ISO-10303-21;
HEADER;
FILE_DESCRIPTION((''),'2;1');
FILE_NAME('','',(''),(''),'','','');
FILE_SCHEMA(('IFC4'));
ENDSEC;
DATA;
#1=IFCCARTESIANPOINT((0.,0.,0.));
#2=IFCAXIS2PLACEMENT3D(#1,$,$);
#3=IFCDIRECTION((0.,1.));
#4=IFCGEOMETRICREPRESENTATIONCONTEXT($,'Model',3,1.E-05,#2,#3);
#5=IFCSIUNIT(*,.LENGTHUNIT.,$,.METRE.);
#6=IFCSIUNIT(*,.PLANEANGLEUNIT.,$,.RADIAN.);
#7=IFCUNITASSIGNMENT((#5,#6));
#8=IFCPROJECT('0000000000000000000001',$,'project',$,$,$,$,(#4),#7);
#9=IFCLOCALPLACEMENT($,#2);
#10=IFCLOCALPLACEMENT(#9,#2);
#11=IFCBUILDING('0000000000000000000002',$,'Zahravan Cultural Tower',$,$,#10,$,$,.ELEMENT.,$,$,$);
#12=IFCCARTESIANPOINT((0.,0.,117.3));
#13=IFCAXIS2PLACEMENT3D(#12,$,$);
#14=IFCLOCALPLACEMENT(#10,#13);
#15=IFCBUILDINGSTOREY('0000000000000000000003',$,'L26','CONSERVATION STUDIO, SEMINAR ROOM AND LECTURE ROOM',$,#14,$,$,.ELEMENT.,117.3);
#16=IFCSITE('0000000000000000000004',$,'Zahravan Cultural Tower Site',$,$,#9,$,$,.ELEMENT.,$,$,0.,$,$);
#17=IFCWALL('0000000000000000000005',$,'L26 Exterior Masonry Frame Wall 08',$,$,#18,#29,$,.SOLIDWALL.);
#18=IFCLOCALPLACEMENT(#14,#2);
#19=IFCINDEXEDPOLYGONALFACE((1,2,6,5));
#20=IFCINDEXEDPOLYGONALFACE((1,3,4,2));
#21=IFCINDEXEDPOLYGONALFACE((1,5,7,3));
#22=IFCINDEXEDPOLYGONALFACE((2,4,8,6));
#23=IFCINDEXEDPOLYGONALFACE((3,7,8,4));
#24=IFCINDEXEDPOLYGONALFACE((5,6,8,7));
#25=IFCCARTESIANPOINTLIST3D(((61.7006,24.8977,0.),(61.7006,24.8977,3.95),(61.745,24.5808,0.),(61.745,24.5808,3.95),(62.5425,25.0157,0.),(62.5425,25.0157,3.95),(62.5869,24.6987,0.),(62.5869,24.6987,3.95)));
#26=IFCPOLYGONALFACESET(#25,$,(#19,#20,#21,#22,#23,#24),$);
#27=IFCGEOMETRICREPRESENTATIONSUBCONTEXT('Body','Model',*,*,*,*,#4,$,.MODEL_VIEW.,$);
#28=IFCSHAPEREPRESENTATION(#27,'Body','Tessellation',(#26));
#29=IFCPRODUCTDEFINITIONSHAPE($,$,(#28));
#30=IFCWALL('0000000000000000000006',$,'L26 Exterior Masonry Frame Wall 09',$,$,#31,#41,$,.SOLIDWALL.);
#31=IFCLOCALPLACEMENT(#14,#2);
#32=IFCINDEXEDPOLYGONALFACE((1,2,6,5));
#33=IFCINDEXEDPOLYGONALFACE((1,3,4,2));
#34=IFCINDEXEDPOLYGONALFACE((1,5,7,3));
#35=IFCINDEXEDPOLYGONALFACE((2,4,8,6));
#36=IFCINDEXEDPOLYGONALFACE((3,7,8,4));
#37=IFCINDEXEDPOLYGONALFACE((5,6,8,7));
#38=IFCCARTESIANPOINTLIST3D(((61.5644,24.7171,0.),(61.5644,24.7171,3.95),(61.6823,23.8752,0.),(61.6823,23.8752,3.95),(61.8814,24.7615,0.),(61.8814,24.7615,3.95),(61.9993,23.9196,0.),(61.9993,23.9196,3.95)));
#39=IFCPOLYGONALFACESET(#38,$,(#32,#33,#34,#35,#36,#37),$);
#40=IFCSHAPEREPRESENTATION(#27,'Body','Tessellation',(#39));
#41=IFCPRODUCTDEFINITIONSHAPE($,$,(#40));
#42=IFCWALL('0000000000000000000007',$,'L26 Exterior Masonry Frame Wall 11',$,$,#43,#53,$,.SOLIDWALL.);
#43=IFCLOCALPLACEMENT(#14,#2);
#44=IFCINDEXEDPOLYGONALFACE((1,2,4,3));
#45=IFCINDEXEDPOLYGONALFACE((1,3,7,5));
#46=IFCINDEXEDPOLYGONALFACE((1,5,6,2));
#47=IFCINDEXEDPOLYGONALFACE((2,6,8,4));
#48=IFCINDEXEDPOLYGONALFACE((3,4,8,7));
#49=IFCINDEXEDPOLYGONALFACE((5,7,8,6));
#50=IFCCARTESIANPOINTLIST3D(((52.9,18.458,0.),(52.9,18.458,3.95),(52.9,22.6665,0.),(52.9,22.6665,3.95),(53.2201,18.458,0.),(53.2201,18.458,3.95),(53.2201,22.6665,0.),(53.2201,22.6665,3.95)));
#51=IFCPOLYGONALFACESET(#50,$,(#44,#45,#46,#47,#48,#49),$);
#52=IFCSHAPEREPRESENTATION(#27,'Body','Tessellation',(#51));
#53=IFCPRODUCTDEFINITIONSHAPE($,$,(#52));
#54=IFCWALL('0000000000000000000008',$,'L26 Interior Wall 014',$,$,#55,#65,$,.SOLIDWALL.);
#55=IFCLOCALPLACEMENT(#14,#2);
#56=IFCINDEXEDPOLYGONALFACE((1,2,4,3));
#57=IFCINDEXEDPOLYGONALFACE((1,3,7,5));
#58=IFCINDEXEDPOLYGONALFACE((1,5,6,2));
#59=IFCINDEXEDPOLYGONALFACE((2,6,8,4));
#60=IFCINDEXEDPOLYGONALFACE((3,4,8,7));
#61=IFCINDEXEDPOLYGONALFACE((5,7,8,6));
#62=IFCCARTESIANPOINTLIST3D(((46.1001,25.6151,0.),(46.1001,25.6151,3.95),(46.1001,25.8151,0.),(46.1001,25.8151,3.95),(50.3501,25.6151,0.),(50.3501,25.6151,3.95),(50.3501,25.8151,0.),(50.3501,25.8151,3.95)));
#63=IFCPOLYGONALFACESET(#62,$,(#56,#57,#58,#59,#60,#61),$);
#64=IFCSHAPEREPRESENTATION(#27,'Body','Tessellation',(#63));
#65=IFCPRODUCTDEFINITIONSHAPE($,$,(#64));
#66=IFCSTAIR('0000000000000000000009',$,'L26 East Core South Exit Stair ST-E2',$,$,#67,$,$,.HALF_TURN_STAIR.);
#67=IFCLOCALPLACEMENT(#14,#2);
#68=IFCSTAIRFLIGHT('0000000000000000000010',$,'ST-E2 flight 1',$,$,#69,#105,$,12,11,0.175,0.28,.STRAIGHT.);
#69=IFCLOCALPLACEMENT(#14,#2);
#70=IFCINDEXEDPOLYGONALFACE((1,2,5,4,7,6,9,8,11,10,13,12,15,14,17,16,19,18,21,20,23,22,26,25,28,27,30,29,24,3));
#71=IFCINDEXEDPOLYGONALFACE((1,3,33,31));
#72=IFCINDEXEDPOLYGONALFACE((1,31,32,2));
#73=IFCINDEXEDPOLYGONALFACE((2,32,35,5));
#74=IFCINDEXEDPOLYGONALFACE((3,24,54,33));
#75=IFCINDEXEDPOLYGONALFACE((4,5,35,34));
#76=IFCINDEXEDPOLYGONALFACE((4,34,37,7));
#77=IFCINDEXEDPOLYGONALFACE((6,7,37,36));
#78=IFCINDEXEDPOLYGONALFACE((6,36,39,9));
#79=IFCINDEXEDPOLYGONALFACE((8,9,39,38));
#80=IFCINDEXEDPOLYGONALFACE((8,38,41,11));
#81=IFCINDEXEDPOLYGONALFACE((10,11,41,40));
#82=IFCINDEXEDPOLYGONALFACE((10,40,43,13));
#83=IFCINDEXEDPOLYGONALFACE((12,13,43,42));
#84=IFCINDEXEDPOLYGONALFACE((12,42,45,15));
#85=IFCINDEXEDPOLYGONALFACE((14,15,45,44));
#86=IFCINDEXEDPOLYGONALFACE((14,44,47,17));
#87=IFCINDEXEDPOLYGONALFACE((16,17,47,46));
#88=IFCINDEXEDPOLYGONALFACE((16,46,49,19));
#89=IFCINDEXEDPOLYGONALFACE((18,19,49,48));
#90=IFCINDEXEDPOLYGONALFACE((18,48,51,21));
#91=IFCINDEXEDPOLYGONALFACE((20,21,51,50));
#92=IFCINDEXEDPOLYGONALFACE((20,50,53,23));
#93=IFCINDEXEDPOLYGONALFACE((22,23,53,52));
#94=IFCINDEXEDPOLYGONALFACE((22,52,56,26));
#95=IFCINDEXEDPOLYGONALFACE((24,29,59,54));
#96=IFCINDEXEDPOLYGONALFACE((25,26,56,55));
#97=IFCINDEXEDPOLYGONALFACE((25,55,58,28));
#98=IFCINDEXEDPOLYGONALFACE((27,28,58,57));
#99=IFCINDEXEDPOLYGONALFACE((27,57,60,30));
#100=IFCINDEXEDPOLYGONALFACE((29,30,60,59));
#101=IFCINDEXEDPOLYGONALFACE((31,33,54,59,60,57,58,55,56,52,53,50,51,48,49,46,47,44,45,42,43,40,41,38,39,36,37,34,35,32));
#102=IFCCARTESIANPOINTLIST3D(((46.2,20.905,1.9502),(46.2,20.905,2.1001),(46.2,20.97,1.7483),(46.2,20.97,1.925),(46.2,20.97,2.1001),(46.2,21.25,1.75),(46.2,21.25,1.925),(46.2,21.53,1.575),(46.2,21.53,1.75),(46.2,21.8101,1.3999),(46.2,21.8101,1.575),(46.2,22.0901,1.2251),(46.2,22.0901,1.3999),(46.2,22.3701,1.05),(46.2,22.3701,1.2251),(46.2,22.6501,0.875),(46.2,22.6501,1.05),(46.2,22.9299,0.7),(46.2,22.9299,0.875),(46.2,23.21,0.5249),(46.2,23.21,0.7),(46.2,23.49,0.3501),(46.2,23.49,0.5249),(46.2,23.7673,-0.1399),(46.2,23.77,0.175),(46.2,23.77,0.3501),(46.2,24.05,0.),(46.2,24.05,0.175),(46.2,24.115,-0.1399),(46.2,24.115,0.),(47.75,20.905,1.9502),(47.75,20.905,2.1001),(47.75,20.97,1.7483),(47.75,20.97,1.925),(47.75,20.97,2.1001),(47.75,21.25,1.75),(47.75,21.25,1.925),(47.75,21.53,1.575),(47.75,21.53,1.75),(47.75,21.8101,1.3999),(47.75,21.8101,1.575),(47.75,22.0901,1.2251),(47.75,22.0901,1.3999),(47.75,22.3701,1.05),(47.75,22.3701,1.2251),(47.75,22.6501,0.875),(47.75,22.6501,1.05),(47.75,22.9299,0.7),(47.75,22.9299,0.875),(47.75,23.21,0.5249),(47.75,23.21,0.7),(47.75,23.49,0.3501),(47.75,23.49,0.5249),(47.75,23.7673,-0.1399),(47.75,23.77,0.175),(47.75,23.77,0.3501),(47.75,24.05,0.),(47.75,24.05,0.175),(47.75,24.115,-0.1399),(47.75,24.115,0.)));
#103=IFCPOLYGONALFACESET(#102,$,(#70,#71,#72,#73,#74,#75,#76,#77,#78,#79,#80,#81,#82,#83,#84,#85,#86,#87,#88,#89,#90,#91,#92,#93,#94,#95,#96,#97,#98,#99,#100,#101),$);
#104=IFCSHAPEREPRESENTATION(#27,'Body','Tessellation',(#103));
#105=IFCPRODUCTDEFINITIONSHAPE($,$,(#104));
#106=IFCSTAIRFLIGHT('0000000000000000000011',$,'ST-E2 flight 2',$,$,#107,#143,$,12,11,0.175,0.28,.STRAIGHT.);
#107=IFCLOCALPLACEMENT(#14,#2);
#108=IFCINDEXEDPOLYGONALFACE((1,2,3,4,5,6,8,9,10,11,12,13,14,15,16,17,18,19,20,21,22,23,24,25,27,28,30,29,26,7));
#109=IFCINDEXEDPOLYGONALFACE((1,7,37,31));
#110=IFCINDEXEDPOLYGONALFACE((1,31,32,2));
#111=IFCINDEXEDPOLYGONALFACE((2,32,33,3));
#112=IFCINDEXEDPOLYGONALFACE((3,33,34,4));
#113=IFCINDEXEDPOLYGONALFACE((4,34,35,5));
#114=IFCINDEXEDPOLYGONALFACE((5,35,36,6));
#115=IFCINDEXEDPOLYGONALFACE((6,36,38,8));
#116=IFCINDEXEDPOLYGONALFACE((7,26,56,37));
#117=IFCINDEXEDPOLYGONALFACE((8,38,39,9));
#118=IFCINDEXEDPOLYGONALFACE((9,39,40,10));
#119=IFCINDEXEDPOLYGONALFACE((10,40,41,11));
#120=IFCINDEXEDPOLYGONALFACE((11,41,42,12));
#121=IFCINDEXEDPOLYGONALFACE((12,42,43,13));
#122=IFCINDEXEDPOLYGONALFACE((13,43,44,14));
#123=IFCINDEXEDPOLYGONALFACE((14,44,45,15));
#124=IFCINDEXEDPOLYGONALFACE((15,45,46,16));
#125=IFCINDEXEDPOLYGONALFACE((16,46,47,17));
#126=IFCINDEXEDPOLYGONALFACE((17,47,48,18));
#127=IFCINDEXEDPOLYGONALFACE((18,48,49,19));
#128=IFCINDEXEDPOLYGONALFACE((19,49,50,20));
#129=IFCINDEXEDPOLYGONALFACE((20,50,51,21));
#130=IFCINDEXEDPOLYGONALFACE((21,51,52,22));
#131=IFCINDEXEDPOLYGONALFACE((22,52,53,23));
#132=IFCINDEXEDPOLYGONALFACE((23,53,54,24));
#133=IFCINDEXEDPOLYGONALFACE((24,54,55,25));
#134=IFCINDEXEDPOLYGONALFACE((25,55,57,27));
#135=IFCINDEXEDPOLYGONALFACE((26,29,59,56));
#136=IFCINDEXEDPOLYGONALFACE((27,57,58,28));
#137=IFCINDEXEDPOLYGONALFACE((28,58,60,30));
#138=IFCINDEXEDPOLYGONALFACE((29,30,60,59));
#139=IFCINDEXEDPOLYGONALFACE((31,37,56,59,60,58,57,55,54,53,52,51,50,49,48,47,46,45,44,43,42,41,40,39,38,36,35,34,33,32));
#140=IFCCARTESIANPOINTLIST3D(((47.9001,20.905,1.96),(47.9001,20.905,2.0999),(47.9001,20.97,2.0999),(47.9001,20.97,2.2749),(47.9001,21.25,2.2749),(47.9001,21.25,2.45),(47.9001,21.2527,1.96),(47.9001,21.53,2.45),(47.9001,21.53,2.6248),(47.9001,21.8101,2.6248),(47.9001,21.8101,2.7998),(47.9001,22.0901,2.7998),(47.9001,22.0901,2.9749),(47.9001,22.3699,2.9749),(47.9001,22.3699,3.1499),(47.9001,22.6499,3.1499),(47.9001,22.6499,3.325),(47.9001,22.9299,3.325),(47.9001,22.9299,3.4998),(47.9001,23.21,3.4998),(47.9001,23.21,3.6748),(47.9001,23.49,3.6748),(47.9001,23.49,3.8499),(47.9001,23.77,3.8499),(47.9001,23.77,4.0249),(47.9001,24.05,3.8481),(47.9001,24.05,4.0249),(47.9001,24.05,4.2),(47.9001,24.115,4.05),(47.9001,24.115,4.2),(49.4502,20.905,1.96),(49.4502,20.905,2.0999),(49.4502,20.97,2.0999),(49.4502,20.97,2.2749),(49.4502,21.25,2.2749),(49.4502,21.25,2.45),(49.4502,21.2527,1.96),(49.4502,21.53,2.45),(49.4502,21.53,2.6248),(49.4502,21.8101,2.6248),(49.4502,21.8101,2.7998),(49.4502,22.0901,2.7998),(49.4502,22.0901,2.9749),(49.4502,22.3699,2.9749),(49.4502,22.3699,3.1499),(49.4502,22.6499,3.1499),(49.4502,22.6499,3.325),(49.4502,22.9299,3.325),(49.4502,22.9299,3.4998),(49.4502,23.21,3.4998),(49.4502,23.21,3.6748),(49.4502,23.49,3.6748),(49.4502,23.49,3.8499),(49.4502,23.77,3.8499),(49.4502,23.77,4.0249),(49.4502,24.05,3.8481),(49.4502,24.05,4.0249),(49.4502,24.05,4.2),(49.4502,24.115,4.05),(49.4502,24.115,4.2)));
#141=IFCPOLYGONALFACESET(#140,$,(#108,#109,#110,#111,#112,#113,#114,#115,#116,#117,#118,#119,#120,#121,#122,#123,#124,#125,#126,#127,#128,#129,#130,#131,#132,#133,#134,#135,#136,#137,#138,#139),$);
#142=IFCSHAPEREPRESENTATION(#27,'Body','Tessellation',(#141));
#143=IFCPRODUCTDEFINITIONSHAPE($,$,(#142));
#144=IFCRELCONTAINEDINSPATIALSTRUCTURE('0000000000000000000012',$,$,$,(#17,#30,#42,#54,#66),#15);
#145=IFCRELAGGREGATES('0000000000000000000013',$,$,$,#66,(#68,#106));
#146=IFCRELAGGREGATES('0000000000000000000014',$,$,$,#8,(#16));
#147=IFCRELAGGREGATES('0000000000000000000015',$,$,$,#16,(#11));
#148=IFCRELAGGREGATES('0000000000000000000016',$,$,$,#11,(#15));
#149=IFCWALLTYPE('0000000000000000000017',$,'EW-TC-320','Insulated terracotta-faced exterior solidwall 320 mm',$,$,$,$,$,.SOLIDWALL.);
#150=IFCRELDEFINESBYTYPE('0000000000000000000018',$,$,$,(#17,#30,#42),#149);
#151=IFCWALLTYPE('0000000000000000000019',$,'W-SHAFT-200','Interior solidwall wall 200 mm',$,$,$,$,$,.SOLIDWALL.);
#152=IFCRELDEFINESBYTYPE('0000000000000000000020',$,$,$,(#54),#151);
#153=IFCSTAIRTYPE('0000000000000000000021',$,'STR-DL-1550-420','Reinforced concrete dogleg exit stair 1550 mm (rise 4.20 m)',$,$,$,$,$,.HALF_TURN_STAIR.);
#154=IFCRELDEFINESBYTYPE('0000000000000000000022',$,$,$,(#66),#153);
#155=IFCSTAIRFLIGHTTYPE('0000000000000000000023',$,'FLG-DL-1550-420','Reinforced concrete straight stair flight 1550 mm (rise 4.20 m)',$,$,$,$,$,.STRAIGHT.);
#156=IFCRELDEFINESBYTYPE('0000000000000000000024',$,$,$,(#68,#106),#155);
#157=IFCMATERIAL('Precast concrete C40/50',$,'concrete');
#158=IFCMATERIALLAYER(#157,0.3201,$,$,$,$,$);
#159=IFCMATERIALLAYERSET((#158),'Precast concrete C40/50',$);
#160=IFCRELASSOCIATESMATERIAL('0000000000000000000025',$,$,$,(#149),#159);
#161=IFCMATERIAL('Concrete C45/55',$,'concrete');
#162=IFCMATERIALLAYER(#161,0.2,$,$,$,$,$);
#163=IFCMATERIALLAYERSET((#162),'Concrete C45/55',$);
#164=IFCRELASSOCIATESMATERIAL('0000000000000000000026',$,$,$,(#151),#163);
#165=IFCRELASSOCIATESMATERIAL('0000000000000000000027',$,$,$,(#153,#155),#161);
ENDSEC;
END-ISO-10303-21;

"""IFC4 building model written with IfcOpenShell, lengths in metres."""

from ifc_helpers import new_model, si_unit, direction, frame, frame_2d, origin, place, context, subcontext, project, spatial, polyline, rectangle, outline, extrude, source, transform, mapped, material, layer, layer_set, type_object, element, aggregate, save


model = new_model("IFC4")

# Units and contexts
model_context = context("Model", 3, precision=1e-05, world=origin(), true_north=direction((0.0, 1.0)))
body_context = subcontext(model_context, "Body", "Model", "MODEL_VIEW")
ifc_project = project(units=[si_unit("LENGTHUNIT", "METRE"), si_unit("PLANEANGLEUNIT", "RADIAN")], contexts=[model_context])

# Site, building, storey
site_placement = place(None, origin())
site = spatial("IfcSite", under=ifc_project, at=site_placement, Name="Zahravan Cultural Tower Site", CompositionType="ELEMENT", RefElevation=0.0)
building_placement = place(site_placement, origin())
building = spatial("IfcBuilding", under=site, at=building_placement, Name="Zahravan Cultural Tower", CompositionType="ELEMENT")
storey_placement = place(building_placement, frame((0.0, 0.0, 117.3)))
storey = spatial("IfcBuildingStorey", under=building, at=storey_placement, Name="L26", Description="CONSERVATION STUDIO, SEMINAR ROOM AND LECTURE ROOM", CompositionType="ELEMENT", Elevation=117.3)

# Shared definitions
ifc_material_1 = material(Name="Precast concrete C40/50", Category="concrete")
ifc_layer_1 = layer(ifc_material_1, 0.3201)
ifc_layer_set_1 = layer_set([ifc_layer_1], Name="Precast concrete C40/50")
wall_type_1 = type_object("IfcWallType", Name="EW-TC-320", Description="Insulated terracotta-faced exterior solidwall 320 mm", PredefinedType="SOLIDWALL", material=ifc_layer_set_1)

# Walls
shared_shape_1 = source(origin(), body_context, "Body", "SweptSolid", [
    extrude(rectangle(XDim=0.8501, YDim=0.3201, at=frame_2d((0.425, 0.0))), origin(), (0.0, 0.0, 1.0), 3.95),
])
for number, where, z_axis, x_axis, name in (
    (1, (62.5647, 24.8572, 0.0), (0.0, 0.0, 1.0), (-0.990331, -0.138727, 0.0), "L26 Exterior Masonry Frame Wall 08"),
    (2, (61.7229, 24.7393, 0.0), (0.0, 0.0, 1.0), (0.138727, -0.990331, 0.0), "L26 Exterior Masonry Frame Wall 09"),
):
    element("IfcWall", number, at=place(storey_placement, frame(where, z_axis=z_axis, x_axis=x_axis)), inside=storey, type_object=wall_type_1, Name=name, PredefinedType="SOLIDWALL", context=body_context, shape_type="MappedRepresentation", body=[
        mapped(shared_shape_1, transform((0.0, 0.0, 0.0), x_axis=(1.0, 0.0, 0.0), y_axis=(0.0, 1.0, 0.0), z_axis=(0.0, 0.0, 1.0), scale=1.0)),
    ])
shared_shape_2 = source(origin(), body_context, "Body", "SweptSolid", [
    extrude(rectangle(XDim=4.2085, YDim=0.3201, at=frame_2d((2.1042, 0.0))), origin(), (0.0, 0.0, 1.0), 3.95),
])
wall_1_placement = place(storey_placement, frame((53.0601, 22.6665, 0.0), z_axis=(0.0, 0.0, 1.0), x_axis=(0.0, -1.0, 0.0)))
element("IfcWall", 3, at=wall_1_placement, inside=storey, type_object=wall_type_1, Name="L26 Exterior Masonry Frame Wall 11", PredefinedType="SOLIDWALL", context=body_context, shape_type="MappedRepresentation", body=[
    mapped(shared_shape_2, transform((0.0, 0.0, 0.0), x_axis=(1.0, 0.0, 0.0), y_axis=(0.0, 1.0, 0.0), z_axis=(0.0, 0.0, 1.0), scale=1.0)),
])
ifc_material_2 = material(Name="Concrete C45/55", Category="concrete")
ifc_layer_2 = layer(ifc_material_2, 0.2)
ifc_layer_set_2 = layer_set([ifc_layer_2], Name="Concrete C45/55")
wall_type_2 = type_object("IfcWallType", Name="W-SHAFT-200", Description="Interior solidwall wall 200 mm", PredefinedType="SOLIDWALL", material=ifc_layer_set_2)
shared_shape_3 = source(origin(), body_context, "Body", "SweptSolid", [
    extrude(rectangle(XDim=4.25, YDim=0.2, at=frame_2d((2.125, 0.0))), origin(), (0.0, 0.0, 1.0), 3.95),
])
wall_2_placement = place(storey_placement, frame((46.1001, 25.7151, 0.0), z_axis=(0.0, 0.0, 1.0), x_axis=(1.0, 0.0, 0.0)))
element("IfcWall", 4, at=wall_2_placement, inside=storey, type_object=wall_type_2, Name="L26 Interior Wall 014", PredefinedType="SOLIDWALL", context=body_context, shape_type="MappedRepresentation", body=[
    mapped(shared_shape_3, transform((0.0, 0.0, 0.0), x_axis=(1.0, 0.0, 0.0), y_axis=(0.0, 1.0, 0.0), z_axis=(0.0, 0.0, 1.0), scale=1.0)),
])

# Stair, stair flights
stair_type = type_object("IfcStairType", Name="STR-DL-1550-420", Description="Reinforced concrete dogleg exit stair 1550 mm (rise 4.20 m)", PredefinedType="HALF_TURN_STAIR", material=ifc_material_2)
stair_placement = place(storey_placement, origin())
stair = element("IfcStair", 5, at=stair_placement, inside=storey, type_object=stair_type, Name="L26 East Core South Exit Stair ST-E2", PredefinedType="HALF_TURN_STAIR")
stair_flight_type = type_object("IfcStairFlightType", Name="FLG-DL-1550-420", Description="Reinforced concrete straight stair flight 1550 mm (rise 4.20 m)", PredefinedType="STRAIGHT", material=ifc_material_2)
stair_flight_1_placement = place(storey_placement, frame((46.9751, 24.05, 0.0), z_axis=(0.0, 0.0, 1.0), x_axis=(0.0, -1.0, 0.0)))
stair_flight_1 = element("IfcStairFlight", 6, at=stair_flight_1_placement, type_object=stair_flight_type, Name="ST-E2 flight 1", NumberOfRisers=12, NumberOfTreads=11, PredefinedType="STRAIGHT", RiserHeight=0.175, TreadLength=0.28, context=body_context, shape_type="SweptSolid", body=[
    extrude(outline(polyline([(-0.0649, -0.1399), (-0.0649, 0.0), (0.0, 0.0), (0.0, 0.175), (0.28, 0.175), (0.28, 0.3501), (0.5601, 0.3501), (0.5601, 0.5249), (0.8401, 0.5249), (0.8401, 0.7), (1.1201, 0.7), (1.1201, 0.875), (1.3999, 0.875), (1.3999, 1.05), (1.6799, 1.05), (1.6799, 1.2251), (1.96, 1.2251), (1.96, 1.3999), (2.24, 1.3999), (2.24, 1.575), (2.52, 1.575), (2.52, 1.75), (2.8, 1.75), (2.8, 1.925), (3.0801, 1.925), (3.0801, 2.1001), (3.145, 2.1001), (3.145, 1.9502), (3.0801, 1.7483), (0.2827, -0.1399), (-0.0649, -0.1399)])), frame((0.0, 0.7749, 0.0), z_axis=(0.0, -1.0, 0.0), x_axis=(1.0, 0.0, 0.0)), (0.0, 0.0, 1.0), 1.55),
])
stair_flight_2_placement = place(storey_placement, frame((48.675, 20.97, 2.0999), z_axis=(0.0, 0.0, 1.0), x_axis=(0.0, 1.0, 0.0)))
stair_flight_2 = element("IfcStairFlight", 7, at=stair_flight_2_placement, type_object=stair_flight_type, Name="ST-E2 flight 2", NumberOfRisers=12, NumberOfTreads=11, PredefinedType="STRAIGHT", RiserHeight=0.175, TreadLength=0.28, context=body_context, shape_type="SweptSolid", body=[
    extrude(outline(polyline([(-0.0649, -0.1399), (-0.0649, 0.0), (0.0, 0.0), (0.0, 0.175), (0.28, 0.175), (0.28, 0.3501), (0.5601, 0.3501), (0.5601, 0.5249), (0.8401, 0.5249), (0.8401, 0.7), (1.1201, 0.7), (1.1201, 0.875), (1.3999, 0.875), (1.3999, 1.05), (1.6799, 1.05), (1.6799, 1.2251), (1.96, 1.2251), (1.96, 1.3999), (2.24, 1.3999), (2.24, 1.575), (2.52, 1.575), (2.52, 1.75), (2.8, 1.75), (2.8, 1.925), (3.0801, 1.925), (3.0801, 2.1001), (3.145, 2.1001), (3.145, 1.9502), (3.0801, 1.7483), (0.2827, -0.1399), (-0.0649, -0.1399)])), frame((0.0, 0.7749, 0.0), z_axis=(0.0, -1.0, 0.0), x_axis=(1.0, 0.0, 0.0)), (0.0, 0.0, 1.0), 1.55),
])
aggregate(stair, [stair_flight_1, stair_flight_2])

save(model, "model.ifc")
